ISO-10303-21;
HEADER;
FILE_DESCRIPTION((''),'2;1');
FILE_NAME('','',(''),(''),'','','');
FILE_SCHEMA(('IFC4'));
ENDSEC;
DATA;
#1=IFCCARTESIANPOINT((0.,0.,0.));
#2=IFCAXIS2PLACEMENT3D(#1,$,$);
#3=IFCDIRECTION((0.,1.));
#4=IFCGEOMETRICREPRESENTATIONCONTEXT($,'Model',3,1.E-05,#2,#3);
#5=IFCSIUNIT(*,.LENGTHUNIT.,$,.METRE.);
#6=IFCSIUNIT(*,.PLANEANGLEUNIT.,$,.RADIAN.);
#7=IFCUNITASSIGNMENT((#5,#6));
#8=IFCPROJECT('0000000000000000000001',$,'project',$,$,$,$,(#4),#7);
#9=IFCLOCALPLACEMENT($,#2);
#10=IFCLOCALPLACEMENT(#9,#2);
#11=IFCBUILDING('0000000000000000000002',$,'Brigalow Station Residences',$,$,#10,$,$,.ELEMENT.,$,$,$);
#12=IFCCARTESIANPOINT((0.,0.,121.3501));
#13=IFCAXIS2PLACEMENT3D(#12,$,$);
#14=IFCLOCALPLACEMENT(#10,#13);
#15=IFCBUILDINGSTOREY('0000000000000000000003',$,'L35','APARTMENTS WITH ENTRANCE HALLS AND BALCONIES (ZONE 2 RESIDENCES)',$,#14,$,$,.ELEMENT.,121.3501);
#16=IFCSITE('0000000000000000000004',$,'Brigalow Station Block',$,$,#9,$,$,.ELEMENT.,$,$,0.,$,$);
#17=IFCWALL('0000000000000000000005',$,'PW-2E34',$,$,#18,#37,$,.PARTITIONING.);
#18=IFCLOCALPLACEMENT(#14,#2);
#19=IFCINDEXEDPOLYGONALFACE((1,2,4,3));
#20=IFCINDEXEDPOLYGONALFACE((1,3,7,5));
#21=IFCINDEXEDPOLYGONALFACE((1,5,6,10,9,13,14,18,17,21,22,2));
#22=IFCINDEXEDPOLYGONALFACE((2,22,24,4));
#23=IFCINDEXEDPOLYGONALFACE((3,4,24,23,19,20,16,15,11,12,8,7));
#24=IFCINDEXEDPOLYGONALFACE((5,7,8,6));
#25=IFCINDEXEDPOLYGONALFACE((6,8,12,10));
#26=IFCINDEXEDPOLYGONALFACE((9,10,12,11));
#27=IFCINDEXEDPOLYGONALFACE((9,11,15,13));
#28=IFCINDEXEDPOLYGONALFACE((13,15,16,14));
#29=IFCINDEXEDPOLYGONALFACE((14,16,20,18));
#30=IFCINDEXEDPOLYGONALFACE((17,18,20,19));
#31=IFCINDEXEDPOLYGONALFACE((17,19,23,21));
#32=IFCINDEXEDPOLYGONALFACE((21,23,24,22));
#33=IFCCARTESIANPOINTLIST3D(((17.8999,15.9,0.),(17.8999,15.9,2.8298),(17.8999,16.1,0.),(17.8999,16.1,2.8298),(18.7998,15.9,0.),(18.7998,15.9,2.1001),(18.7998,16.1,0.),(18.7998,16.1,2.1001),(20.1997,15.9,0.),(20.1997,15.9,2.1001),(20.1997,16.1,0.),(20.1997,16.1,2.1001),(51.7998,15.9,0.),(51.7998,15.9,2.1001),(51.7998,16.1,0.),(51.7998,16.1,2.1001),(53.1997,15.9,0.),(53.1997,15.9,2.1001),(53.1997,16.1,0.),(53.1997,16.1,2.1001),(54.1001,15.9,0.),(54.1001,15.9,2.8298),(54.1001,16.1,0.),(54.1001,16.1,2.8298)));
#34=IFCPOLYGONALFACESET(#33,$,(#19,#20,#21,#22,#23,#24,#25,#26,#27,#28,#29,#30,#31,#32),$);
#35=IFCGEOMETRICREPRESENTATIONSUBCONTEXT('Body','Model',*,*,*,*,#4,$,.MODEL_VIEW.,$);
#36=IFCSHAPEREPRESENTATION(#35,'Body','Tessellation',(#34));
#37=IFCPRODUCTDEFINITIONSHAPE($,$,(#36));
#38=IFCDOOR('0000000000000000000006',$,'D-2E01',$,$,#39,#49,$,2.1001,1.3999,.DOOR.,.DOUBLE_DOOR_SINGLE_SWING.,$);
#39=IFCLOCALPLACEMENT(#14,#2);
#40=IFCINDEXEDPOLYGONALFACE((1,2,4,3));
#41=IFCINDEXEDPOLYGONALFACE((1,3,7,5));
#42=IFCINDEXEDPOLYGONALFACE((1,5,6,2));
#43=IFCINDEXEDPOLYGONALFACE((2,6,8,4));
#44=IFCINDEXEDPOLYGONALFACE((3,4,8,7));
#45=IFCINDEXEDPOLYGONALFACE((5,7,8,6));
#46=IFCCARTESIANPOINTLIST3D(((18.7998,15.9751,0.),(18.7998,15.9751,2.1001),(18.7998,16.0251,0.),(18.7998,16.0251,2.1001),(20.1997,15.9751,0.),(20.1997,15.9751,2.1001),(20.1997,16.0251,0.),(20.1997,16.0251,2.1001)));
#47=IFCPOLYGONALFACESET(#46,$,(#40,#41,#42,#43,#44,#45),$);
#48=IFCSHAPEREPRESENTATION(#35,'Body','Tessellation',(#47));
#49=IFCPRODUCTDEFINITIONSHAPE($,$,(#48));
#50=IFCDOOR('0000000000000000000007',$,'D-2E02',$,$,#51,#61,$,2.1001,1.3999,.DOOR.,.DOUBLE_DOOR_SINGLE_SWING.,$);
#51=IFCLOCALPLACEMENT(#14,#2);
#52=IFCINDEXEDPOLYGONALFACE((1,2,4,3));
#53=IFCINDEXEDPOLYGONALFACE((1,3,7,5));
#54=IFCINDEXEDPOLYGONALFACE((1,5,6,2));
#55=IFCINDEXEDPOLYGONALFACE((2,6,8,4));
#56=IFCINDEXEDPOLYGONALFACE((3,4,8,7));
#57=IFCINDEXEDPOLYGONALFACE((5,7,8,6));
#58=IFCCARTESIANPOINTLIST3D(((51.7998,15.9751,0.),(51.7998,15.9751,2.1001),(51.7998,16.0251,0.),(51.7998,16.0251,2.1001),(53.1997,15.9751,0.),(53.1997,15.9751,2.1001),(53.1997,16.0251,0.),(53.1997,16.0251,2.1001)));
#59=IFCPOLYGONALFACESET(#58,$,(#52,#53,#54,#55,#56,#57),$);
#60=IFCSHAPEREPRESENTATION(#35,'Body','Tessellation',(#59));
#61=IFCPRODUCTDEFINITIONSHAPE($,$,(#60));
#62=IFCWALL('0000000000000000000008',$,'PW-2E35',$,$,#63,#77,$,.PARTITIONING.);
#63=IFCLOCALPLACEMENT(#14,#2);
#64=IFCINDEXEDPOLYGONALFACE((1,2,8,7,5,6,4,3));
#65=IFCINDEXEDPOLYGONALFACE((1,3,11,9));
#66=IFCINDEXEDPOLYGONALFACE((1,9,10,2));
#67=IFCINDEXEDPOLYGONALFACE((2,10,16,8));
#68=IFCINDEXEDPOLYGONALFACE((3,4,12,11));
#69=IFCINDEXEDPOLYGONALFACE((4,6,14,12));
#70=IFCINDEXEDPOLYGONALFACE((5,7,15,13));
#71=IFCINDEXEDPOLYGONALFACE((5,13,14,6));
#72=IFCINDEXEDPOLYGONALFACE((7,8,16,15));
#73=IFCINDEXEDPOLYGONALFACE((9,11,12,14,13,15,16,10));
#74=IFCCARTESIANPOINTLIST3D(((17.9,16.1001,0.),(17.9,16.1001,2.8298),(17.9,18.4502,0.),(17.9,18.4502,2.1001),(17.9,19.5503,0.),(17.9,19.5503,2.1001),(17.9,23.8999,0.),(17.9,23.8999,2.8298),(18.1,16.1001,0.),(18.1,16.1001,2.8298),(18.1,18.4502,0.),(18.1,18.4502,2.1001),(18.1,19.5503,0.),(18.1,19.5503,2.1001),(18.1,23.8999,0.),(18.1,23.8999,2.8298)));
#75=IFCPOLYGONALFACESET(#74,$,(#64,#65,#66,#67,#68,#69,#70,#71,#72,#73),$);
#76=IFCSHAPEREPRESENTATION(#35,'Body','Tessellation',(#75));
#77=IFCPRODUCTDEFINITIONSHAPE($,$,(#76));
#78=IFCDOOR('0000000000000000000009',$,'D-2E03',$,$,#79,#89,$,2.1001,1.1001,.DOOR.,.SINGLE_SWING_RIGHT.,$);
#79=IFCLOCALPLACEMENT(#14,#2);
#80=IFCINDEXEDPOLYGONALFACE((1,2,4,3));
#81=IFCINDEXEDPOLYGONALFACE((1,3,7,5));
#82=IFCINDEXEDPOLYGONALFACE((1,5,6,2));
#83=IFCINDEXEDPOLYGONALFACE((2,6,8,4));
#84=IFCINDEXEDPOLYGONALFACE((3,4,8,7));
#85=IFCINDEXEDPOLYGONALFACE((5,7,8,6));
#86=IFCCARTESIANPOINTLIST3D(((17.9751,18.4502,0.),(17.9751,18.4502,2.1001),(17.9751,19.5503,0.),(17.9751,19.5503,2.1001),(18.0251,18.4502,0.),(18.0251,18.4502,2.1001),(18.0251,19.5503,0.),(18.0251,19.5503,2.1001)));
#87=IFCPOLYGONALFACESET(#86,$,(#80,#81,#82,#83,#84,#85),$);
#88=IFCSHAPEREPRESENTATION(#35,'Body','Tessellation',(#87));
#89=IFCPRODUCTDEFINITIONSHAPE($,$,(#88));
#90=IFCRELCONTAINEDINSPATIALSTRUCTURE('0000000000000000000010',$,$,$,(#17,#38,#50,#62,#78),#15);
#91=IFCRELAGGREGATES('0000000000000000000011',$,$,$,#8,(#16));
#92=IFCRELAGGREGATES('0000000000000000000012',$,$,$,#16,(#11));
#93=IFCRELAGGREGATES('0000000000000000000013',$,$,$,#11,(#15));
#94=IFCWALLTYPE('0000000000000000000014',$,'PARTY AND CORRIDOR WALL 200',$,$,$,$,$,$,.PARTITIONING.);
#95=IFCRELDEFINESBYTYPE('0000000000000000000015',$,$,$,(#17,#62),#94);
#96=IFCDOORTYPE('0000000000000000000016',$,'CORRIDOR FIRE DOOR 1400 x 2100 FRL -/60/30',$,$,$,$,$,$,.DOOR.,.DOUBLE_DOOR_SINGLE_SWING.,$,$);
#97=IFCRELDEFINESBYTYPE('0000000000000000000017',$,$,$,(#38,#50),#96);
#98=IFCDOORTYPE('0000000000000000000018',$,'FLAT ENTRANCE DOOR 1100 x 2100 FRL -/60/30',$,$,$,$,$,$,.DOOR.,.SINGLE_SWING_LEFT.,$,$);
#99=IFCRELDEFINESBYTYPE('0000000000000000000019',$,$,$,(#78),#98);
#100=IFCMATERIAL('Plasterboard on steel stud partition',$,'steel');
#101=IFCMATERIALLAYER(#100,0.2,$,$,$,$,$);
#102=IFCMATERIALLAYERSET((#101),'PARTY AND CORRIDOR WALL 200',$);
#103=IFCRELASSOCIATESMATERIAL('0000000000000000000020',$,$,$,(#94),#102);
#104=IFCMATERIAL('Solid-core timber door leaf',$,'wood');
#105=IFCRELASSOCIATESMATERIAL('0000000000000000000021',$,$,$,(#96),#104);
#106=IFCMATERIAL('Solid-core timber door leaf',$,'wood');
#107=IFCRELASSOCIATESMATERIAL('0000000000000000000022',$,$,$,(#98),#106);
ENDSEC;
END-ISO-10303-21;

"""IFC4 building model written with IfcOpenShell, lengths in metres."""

from ifc_helpers import new_model, si_unit, direction, frame, frame_2d, origin, place, context, subcontext, project, spatial, rectangle, extrude, material, layer, layer_set, type_object, element, fill, save


model = new_model("IFC4")

# Units and contexts
model_context = context("Model", 3, precision=1e-05, world=origin(), true_north=direction((0.0, 1.0)))
body_context = subcontext(model_context, "Body", "Model", "MODEL_VIEW")
ifc_project = project(units=[si_unit("LENGTHUNIT", "METRE"), si_unit("PLANEANGLEUNIT", "RADIAN")], contexts=[model_context])

# Site, building, storey
site_placement = place(None, origin())
site = spatial("IfcSite", under=ifc_project, at=site_placement, Name="Brigalow Station Block", CompositionType="ELEMENT", RefElevation=0.0)
building_placement = place(site_placement, origin())
building = spatial("IfcBuilding", under=site, at=building_placement, Name="Brigalow Station Residences", CompositionType="ELEMENT")
storey_placement = place(building_placement, frame((0.0, 0.0, 121.3501)))
storey = spatial("IfcBuildingStorey", under=building, at=storey_placement, Name="L35", Description="APARTMENTS WITH ENTRANCE HALLS AND BALCONIES (ZONE 2 RESIDENCES)", CompositionType="ELEMENT", Elevation=121.3501)

# Wall, openings, doors
ifc_material_1 = material(Name="Plasterboard on steel stud partition", Category="steel")
ifc_layer_1 = layer(ifc_material_1, 0.2)
ifc_layer_set_1 = layer_set([ifc_layer_1], Name="PARTY AND CORRIDOR WALL 200")
wall_type_1 = type_object("IfcWallType", Name="PARTY AND CORRIDOR WALL 200", PredefinedType="PARTITIONING", material=ifc_layer_set_1)
wall_1_placement = place(storey_placement, frame((17.8999, 16.0, 0.0), z_axis=(0.0, 0.0, 1.0), x_axis=(1.0, 0.0, 0.0)))
wall_1 = element("IfcWall", 1, at=wall_1_placement, inside=storey, type_object=wall_type_1, Name="PW-2E34", PredefinedType="PARTITIONING", context=body_context, shape_type="SweptSolid", body=[
    extrude(rectangle(XDim=36.2002, YDim=0.2, at=frame_2d((18.1001, 0.0))), origin(), (0.0, 0.0, 1.0), 2.8298),
])
opening_1_placement = place(wall_1_placement, frame((0.8999, 0.0, 0.0)))
opening_1 = element("IfcOpeningElement", 2, at=opening_1_placement, cuts=wall_1, PredefinedType="OPENING", context=body_context, shape_type="SweptSolid", body=[
    extrude(rectangle(XDim=1.3999, YDim=2.1001, at=frame_2d((0.7, 1.05))), frame((0.0, 0.1099, 0.0), z_axis=(0.0, -1.0, 0.0), x_axis=(1.0, 0.0, 0.0)), (0.0, 0.0, 1.0), 0.22),
])
opening_2_placement = place(wall_1_placement, frame((33.8999, 0.0, 0.0)))
opening_2 = element("IfcOpeningElement", 3, at=opening_2_placement, cuts=wall_1, PredefinedType="OPENING", context=body_context, shape_type="SweptSolid", body=[
    extrude(rectangle(XDim=1.3999, YDim=2.1001, at=frame_2d((0.7, 1.05))), frame((0.0, 0.1099, 0.0), z_axis=(0.0, -1.0, 0.0), x_axis=(1.0, 0.0, 0.0)), (0.0, 0.0, 1.0), 0.22),
])
ifc_material_2 = material(Name="Solid-core timber door leaf", Category="wood")
door_type_1 = type_object("IfcDoorType", Name="CORRIDOR FIRE DOOR 1400 x 2100 FRL -/60/30", OperationType="DOUBLE_DOOR_SINGLE_SWING", PredefinedType="DOOR", material=ifc_material_2)
door_1_placement = place(opening_1_placement, frame((1.3999, 0.0, 0.0), z_axis=(0.0, 0.0, 1.0), x_axis=(-1.0, 0.0, 0.0)))
door_1 = element("IfcDoor", 4, at=door_1_placement, inside=storey, type_object=door_type_1, Name="D-2E01", OperationType="DOUBLE_DOOR_SINGLE_SWING", OverallHeight=2.1001, OverallWidth=1.3999, PredefinedType="DOOR", context=body_context, shape_type="SweptSolid", body=[
    extrude(rectangle(XDim=1.3999, YDim=2.1001, at=frame_2d((0.7, 1.05))), frame((0.0, 0.0249, 0.0), z_axis=(0.0, -1.0, 0.0), x_axis=(1.0, 0.0, 0.0)), (0.0, 0.0, 1.0), 0.05),
])
fill(opening_1, door_1)
door_2_placement = place(opening_2_placement, frame((1.3999, 0.0, 0.0), z_axis=(0.0, 0.0, 1.0), x_axis=(-1.0, 0.0, 0.0)))
door_2 = element("IfcDoor", 5, at=door_2_placement, inside=storey, type_object=door_type_1, Name="D-2E02", OperationType="DOUBLE_DOOR_SINGLE_SWING", OverallHeight=2.1001, OverallWidth=1.3999, PredefinedType="DOOR", context=body_context, shape_type="SweptSolid", body=[
    extrude(rectangle(XDim=1.3999, YDim=2.1001, at=frame_2d((0.7, 1.05))), frame((0.0, 0.0249, 0.0), z_axis=(0.0, -1.0, 0.0), x_axis=(1.0, 0.0, 0.0)), (0.0, 0.0, 1.0), 0.05),
])
fill(opening_2, door_2)

# Wall, opening, door
wall_2_placement = place(storey_placement, frame((18.0, 16.1001, 0.0), z_axis=(0.0, 0.0, 1.0), x_axis=(0.0, 1.0, 0.0)))
wall_2 = element("IfcWall", 6, at=wall_2_placement, inside=storey, type_object=wall_type_1, Name="PW-2E35", PredefinedType="PARTITIONING", context=body_context, shape_type="SweptSolid", body=[
    extrude(rectangle(XDim=7.7998, YDim=0.2, at=frame_2d((3.8999, 0.0))), origin(), (0.0, 0.0, 1.0), 2.8298),
])
opening_3_placement = place(wall_2_placement, frame((2.3501, 0.0, 0.0)))
opening_3 = element("IfcOpeningElement", 7, at=opening_3_placement, cuts=wall_2, PredefinedType="OPENING", context=body_context, shape_type="SweptSolid", body=[
    extrude(rectangle(XDim=1.1001, YDim=2.1001, at=frame_2d((0.55, 1.05))), frame((0.0, 0.1099, 0.0), z_axis=(0.0, -1.0, 0.0), x_axis=(1.0, 0.0, 0.0)), (0.0, 0.0, 1.0), 0.22),
])
ifc_material_3 = material(Name="Solid-core timber door leaf", Category="wood")
door_type_2 = type_object("IfcDoorType", Name="FLAT ENTRANCE DOOR 1100 x 2100 FRL -/60/30", OperationType="SINGLE_SWING_LEFT", PredefinedType="DOOR", material=ifc_material_3)
door_3_placement = place(opening_3_placement, origin())
door_3 = element("IfcDoor", 8, at=door_3_placement, inside=storey, type_object=door_type_2, Name="D-2E03", OperationType="SINGLE_SWING_RIGHT", OverallHeight=2.1001, OverallWidth=1.1001, PredefinedType="DOOR", context=body_context, shape_type="SweptSolid", body=[
    extrude(rectangle(XDim=1.1001, YDim=2.1001, at=frame_2d((0.55, 1.05))), frame((0.0, 0.0249, 0.0), z_axis=(0.0, -1.0, 0.0), x_axis=(1.0, 0.0, 0.0)), (0.0, 0.0, 1.0), 0.05),
])
fill(opening_3, door_3)

save(model, "model.ifc")
